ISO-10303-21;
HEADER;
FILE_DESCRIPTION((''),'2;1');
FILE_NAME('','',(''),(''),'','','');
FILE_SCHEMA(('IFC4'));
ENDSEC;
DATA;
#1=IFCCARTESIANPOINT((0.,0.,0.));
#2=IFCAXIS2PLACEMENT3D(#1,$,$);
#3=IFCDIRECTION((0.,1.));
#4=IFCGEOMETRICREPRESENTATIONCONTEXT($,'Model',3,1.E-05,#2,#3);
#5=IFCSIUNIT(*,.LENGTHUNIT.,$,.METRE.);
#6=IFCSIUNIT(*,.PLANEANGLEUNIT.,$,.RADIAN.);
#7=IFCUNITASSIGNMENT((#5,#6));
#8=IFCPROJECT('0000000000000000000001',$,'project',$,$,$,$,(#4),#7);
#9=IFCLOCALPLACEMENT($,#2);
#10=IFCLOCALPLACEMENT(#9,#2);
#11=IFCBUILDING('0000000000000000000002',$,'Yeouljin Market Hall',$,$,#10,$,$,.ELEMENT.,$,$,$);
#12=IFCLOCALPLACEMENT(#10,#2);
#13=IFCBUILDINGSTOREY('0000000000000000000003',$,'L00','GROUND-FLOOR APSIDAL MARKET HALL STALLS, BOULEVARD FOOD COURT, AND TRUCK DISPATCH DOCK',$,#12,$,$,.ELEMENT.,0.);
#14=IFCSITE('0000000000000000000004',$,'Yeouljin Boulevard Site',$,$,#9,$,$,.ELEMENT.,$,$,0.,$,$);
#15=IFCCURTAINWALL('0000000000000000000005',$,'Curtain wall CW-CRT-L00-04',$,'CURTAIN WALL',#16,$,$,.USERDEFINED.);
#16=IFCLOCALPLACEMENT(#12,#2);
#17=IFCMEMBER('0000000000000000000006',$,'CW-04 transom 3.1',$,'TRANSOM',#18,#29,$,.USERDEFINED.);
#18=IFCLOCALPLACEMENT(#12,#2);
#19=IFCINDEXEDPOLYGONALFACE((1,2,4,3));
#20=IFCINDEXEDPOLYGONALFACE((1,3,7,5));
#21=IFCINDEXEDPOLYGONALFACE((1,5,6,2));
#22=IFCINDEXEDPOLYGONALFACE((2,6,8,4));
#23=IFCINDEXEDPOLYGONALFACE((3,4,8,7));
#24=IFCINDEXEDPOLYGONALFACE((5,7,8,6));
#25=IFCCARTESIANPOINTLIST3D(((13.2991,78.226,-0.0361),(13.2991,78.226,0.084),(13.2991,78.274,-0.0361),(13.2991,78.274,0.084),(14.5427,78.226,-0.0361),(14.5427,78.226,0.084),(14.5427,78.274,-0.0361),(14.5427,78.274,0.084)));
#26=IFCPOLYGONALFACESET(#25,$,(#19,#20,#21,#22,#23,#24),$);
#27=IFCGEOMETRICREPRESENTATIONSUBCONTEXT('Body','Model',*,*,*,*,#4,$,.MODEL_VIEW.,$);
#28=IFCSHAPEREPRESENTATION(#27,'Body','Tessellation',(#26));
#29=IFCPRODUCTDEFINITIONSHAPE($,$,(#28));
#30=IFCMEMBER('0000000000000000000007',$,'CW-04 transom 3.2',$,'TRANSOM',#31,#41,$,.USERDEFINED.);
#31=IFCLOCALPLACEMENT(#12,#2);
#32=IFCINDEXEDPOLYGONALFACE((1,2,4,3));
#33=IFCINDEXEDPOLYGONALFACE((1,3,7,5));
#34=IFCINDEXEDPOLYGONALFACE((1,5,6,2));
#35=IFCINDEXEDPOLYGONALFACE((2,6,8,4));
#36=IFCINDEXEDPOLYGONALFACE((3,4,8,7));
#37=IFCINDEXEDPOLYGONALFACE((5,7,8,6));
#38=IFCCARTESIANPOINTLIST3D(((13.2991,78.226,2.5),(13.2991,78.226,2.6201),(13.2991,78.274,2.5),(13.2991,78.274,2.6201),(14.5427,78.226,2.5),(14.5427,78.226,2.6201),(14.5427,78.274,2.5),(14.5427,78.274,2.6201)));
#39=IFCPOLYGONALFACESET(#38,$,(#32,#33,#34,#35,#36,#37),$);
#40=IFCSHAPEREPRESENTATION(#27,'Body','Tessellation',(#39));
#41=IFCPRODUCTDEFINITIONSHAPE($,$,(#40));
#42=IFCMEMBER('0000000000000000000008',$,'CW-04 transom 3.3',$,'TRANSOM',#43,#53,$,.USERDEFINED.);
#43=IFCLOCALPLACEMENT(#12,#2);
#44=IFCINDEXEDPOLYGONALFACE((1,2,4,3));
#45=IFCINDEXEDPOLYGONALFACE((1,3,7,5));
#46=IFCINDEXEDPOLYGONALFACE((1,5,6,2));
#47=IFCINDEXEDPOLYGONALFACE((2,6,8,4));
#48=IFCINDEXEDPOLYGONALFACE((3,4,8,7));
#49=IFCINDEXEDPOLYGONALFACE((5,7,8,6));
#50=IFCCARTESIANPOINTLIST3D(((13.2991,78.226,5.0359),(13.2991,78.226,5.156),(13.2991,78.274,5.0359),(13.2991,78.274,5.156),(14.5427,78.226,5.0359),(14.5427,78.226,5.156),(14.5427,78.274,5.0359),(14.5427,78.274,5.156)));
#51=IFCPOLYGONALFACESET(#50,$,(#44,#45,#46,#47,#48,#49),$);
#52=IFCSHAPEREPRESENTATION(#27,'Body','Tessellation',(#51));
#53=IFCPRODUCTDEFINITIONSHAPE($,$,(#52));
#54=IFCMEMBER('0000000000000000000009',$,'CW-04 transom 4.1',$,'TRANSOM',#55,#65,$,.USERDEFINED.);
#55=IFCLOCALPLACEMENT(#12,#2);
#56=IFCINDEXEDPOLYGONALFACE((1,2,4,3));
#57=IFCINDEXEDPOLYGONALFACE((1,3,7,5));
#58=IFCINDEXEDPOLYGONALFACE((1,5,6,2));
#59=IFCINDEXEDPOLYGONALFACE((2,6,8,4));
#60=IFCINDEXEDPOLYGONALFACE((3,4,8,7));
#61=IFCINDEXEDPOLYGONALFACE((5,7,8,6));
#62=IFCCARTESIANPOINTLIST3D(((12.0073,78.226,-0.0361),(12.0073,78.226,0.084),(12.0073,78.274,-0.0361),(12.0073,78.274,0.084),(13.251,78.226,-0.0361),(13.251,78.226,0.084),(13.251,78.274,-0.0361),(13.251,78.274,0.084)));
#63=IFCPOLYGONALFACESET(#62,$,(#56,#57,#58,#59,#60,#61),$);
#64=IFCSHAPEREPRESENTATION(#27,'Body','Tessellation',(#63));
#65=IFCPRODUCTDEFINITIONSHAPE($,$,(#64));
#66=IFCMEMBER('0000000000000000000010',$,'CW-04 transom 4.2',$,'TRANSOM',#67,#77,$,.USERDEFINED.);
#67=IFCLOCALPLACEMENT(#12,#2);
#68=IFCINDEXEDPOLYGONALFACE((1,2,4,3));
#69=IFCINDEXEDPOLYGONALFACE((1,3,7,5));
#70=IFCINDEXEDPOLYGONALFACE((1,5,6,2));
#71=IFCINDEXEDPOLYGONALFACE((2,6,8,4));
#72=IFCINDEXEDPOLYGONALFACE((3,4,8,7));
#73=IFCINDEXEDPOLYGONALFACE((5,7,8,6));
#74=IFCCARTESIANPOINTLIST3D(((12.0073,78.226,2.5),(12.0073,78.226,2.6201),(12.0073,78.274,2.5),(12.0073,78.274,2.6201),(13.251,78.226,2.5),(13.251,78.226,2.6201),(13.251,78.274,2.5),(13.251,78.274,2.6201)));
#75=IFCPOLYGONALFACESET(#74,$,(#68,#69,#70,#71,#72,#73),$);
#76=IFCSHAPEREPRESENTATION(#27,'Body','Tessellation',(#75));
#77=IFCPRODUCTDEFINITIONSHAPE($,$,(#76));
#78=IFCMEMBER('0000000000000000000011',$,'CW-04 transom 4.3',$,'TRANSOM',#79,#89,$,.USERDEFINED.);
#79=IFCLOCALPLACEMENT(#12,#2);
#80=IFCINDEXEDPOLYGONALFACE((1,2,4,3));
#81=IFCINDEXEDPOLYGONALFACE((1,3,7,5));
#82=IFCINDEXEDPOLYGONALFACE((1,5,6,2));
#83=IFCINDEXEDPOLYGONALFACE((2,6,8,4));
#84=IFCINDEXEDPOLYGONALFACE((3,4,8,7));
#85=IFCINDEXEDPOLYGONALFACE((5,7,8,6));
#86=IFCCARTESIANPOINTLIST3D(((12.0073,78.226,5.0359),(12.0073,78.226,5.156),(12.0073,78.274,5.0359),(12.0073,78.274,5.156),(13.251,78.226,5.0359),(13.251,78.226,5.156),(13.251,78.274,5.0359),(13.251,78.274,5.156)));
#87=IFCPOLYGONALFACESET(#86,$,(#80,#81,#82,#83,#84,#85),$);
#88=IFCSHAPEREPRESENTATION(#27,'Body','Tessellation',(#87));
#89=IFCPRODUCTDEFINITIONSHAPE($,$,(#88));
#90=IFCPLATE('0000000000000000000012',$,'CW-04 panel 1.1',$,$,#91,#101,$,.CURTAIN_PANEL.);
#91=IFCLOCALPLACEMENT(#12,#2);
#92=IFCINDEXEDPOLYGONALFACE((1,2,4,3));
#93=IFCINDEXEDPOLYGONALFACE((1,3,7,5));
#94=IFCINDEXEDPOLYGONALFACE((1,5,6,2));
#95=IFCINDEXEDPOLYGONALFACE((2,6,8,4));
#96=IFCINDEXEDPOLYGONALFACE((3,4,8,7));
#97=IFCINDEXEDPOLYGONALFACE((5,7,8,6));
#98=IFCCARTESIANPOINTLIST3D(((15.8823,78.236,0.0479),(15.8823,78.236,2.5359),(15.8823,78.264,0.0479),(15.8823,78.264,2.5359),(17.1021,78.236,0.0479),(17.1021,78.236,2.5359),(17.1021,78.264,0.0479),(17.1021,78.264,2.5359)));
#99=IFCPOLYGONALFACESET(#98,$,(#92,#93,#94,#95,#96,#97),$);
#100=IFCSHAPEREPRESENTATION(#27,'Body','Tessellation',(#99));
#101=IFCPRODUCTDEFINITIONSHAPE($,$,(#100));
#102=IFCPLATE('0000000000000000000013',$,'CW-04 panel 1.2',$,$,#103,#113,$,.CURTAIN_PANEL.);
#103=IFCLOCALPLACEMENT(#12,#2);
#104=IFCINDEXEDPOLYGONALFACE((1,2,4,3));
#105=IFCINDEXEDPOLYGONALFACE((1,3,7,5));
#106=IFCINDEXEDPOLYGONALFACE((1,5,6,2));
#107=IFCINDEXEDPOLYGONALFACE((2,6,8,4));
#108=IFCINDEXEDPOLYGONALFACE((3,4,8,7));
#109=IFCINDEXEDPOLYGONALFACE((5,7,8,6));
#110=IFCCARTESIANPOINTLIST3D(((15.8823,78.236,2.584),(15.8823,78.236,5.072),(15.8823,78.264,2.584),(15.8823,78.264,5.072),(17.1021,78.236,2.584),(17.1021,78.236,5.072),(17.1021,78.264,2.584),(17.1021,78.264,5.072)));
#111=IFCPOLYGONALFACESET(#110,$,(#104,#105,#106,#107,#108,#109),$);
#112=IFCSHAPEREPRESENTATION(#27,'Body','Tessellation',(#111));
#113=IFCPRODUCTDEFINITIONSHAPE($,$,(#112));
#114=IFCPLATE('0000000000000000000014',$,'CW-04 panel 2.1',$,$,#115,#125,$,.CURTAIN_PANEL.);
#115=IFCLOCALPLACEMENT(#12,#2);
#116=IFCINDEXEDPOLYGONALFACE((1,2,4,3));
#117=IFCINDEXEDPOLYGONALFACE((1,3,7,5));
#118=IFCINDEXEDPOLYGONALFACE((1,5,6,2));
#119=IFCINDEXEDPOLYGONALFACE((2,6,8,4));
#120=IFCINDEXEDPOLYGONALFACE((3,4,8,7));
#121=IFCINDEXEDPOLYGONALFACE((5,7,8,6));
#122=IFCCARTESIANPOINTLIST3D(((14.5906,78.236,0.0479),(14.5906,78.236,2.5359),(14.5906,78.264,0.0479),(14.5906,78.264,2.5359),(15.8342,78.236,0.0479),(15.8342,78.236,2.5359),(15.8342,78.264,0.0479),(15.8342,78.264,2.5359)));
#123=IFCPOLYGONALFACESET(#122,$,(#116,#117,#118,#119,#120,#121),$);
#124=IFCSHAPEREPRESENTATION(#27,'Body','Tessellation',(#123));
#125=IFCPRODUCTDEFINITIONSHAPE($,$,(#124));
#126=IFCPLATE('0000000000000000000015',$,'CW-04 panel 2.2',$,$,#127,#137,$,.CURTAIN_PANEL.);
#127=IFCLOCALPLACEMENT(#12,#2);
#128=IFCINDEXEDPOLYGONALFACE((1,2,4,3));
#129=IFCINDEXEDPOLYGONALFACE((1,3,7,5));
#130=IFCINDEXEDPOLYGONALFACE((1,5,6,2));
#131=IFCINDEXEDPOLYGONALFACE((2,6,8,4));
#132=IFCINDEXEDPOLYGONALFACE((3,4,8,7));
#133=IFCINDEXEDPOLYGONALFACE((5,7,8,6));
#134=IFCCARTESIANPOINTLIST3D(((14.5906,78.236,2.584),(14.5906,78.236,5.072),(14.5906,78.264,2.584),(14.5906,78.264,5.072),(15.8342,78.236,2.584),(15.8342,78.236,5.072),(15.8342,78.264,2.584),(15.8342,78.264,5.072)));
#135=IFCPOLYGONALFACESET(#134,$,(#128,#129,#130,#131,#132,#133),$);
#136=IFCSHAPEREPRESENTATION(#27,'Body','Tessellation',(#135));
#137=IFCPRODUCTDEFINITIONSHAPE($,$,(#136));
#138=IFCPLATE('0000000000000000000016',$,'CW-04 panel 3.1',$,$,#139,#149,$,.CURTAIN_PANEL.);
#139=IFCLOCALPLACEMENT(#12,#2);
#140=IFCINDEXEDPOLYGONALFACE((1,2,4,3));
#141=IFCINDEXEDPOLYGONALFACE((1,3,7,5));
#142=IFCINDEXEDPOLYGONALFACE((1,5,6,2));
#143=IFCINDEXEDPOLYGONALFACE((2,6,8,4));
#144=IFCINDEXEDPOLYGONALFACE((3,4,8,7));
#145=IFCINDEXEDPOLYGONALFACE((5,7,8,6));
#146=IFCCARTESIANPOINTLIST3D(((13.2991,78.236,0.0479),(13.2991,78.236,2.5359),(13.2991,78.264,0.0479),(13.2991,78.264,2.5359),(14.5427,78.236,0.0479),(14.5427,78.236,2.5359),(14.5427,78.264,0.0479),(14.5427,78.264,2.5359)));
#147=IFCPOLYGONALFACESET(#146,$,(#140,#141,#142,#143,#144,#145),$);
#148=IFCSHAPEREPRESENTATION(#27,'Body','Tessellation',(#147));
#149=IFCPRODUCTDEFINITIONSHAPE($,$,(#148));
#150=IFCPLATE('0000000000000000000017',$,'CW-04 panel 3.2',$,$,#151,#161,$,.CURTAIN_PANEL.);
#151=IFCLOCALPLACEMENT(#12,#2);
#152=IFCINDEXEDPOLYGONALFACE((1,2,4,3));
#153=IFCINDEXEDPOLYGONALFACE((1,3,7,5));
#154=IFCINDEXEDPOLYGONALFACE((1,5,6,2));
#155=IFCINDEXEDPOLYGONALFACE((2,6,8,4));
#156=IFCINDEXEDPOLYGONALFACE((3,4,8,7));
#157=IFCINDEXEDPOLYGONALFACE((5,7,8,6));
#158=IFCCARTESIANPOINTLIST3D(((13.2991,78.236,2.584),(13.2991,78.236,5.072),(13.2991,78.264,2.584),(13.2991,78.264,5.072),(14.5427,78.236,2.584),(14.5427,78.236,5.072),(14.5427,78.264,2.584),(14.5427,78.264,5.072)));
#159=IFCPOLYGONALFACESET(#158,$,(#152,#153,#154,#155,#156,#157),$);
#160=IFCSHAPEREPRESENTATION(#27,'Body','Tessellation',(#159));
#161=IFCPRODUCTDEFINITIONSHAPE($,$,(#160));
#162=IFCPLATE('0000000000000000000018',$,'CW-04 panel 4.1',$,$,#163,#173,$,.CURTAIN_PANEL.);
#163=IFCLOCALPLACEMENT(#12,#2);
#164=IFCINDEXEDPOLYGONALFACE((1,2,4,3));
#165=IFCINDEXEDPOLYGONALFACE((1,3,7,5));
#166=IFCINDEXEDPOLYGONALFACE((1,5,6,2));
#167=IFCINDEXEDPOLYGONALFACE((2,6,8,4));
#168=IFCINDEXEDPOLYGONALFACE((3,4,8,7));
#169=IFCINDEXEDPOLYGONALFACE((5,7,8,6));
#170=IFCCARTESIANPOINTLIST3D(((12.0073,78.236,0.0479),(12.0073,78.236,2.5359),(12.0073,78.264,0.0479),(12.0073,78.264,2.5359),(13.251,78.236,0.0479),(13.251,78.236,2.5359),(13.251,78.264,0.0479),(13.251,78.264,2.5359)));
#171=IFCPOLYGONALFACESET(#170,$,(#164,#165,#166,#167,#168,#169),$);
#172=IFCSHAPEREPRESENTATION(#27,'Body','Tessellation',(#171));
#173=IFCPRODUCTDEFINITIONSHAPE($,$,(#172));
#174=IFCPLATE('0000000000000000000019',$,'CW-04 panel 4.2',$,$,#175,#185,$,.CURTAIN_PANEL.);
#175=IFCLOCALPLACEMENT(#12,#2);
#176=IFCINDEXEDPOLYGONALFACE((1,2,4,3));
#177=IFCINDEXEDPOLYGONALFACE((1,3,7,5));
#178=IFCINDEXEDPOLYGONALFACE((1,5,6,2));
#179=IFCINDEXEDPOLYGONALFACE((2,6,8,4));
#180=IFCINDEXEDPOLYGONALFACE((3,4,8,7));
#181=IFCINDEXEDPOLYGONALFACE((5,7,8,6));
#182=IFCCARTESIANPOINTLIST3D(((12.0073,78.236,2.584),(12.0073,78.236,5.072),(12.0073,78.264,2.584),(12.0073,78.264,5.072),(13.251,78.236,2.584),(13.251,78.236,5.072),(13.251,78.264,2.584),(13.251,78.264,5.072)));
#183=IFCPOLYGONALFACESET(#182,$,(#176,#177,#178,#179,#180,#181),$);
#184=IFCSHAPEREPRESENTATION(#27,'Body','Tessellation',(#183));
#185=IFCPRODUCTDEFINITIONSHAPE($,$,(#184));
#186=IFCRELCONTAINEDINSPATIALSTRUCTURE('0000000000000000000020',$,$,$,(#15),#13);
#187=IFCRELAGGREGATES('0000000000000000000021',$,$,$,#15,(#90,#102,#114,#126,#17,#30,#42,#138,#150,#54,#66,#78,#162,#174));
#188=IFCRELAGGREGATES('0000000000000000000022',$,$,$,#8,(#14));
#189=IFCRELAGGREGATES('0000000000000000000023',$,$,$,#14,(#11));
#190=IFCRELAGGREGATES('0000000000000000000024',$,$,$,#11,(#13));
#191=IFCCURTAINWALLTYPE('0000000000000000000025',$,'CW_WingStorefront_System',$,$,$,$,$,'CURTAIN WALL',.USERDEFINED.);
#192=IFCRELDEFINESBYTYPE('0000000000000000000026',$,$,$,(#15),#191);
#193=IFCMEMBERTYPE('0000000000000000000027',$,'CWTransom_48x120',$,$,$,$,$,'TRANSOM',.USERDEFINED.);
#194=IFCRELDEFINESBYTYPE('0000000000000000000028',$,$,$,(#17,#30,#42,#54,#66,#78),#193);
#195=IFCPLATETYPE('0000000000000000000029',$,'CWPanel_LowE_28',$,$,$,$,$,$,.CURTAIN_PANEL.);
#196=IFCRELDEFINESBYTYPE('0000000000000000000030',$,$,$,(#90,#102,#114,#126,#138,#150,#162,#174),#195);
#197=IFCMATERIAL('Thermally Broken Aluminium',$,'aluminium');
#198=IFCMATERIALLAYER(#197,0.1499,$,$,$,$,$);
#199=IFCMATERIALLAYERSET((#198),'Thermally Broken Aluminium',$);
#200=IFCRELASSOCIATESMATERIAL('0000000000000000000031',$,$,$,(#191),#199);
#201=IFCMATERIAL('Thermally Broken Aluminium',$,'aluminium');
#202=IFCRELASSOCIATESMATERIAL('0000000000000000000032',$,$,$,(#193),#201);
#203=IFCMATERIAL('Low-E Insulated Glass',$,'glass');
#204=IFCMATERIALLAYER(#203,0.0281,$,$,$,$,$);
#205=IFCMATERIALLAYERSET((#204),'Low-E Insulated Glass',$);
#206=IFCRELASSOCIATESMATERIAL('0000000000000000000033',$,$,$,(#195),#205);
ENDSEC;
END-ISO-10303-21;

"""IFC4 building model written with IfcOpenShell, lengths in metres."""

from ifc_helpers import new_model, si_unit, direction, frame, origin, origin_2d, place, context, subcontext, project, spatial, rectangle, extrude, material, layer, layer_set, material_profile, profile_set, type_object, element, aggregate, save


model = new_model("IFC4")

# Units and contexts
model_context = context("Model", 3, precision=1e-05, world=origin(), true_north=direction((0.0, 1.0)))
body_context = subcontext(model_context, "Body", "Model", "MODEL_VIEW")
ifc_project = project(units=[si_unit("LENGTHUNIT", "METRE"), si_unit("PLANEANGLEUNIT", "RADIAN")], contexts=[model_context])

# Site, building, storey
site_placement = place(None, origin())
site = spatial("IfcSite", under=ifc_project, at=site_placement, Name="Yeouljin Boulevard Site", CompositionType="ELEMENT", RefElevation=0.0)
building_placement = place(site_placement, origin())
building = spatial("IfcBuilding", under=site, at=building_placement, Name="Yeouljin Market Hall", CompositionType="ELEMENT")
storey_placement = place(building_placement, origin())
storey = spatial("IfcBuildingStorey", under=building, at=storey_placement, Name="L00", Description="GROUND-FLOOR APSIDAL MARKET HALL STALLS, BOULEVARD FOOD COURT, AND TRUCK DISPATCH DOCK", CompositionType="ELEMENT", Elevation=0.0)

# Curtain wall, members, plates
ifc_material_1 = material(Name="Thermally Broken Aluminium", Category="aluminium")
ifc_layer_1 = layer(ifc_material_1, 0.1499)
ifc_layer_set_1 = layer_set([ifc_layer_1], Name="Thermally Broken Aluminium")
curtain_wall_type = type_object("IfcCurtainWallType", Name="CW_WingStorefront_System", ElementType="CURTAIN WALL", PredefinedType="USERDEFINED", material=ifc_layer_set_1)
curtain_wall_placement = place(storey_placement, origin())
curtain_wall = element("IfcCurtainWall", 1, at=curtain_wall_placement, inside=storey, type_object=curtain_wall_type, Name="Curtain wall CW-CRT-L00-04", ObjectType="CURTAIN WALL", PredefinedType="USERDEFINED")
ifc_material_2 = material(Name="Thermally Broken Aluminium", Category="aluminium")
ifc_material_profile_1 = material_profile(ifc_material_2, rectangle(XDim=0.0481, YDim=0.1201, at=origin_2d()), Name="CW-TRAN-48x120")
ifc_profile_set_1 = profile_set([ifc_material_profile_1], Name="Thermally Broken Aluminium")
member_type_1 = type_object("IfcMemberType", Name="CWTransom_48x120", ElementType="TRANSOM", PredefinedType="USERDEFINED", material=ifc_profile_set_1)
member_1_placement = place(storey_placement, frame((14.5427, 78.25, 0.0239), z_axis=(-1.0, 0.0, 0.0), x_axis=(0.0, -1.0, 0.0)))
member_1 = element("IfcMember", 2, at=member_1_placement, type_object=member_type_1, Name="CW-04 transom 3.1", ObjectType="TRANSOM", PredefinedType="USERDEFINED", context=body_context, shape_type="SweptSolid", body=[
    extrude(rectangle(XDim=0.0481, YDim=0.1201, at=origin_2d()), origin(), (0.0, 0.0, 1.0), 1.2437),
])
member_2_placement = place(storey_placement, frame((14.5427, 78.25, 2.5601), z_axis=(-1.0, 0.0, 0.0), x_axis=(0.0, -1.0, 0.0)))
member_2 = element("IfcMember", 3, at=member_2_placement, type_object=member_type_1, Name="CW-04 transom 3.2", ObjectType="TRANSOM", PredefinedType="USERDEFINED", context=body_context, shape_type="SweptSolid", body=[
    extrude(rectangle(XDim=0.0481, YDim=0.1201, at=origin_2d()), origin(), (0.0, 0.0, 1.0), 1.2437),
])
member_3_placement = place(storey_placement, frame((14.5427, 78.25, 5.0959), z_axis=(-1.0, 0.0, 0.0), x_axis=(0.0, -1.0, 0.0)))
member_3 = element("IfcMember", 4, at=member_3_placement, type_object=member_type_1, Name="CW-04 transom 3.3", ObjectType="TRANSOM", PredefinedType="USERDEFINED", context=body_context, shape_type="SweptSolid", body=[
    extrude(rectangle(XDim=0.0481, YDim=0.1201, at=origin_2d()), origin(), (0.0, 0.0, 1.0), 1.2437),
])
member_4_placement = place(storey_placement, frame((13.251, 78.25, 0.0239), z_axis=(-1.0, 0.0, 0.0), x_axis=(0.0, -1.0, 0.0)))
member_4 = element("IfcMember", 5, at=member_4_placement, type_object=member_type_1, Name="CW-04 transom 4.1", ObjectType="TRANSOM", PredefinedType="USERDEFINED", context=body_context, shape_type="SweptSolid", body=[
    extrude(rectangle(XDim=0.0481, YDim=0.1201, at=origin_2d()), origin(), (0.0, 0.0, 1.0), 1.2437),
])
member_5_placement = place(storey_placement, frame((13.251, 78.25, 2.5601), z_axis=(-1.0, 0.0, 0.0), x_axis=(0.0, -1.0, 0.0)))
member_5 = element("IfcMember", 6, at=member_5_placement, type_object=member_type_1, Name="CW-04 transom 4.2", ObjectType="TRANSOM", PredefinedType="USERDEFINED", context=body_context, shape_type="SweptSolid", body=[
    extrude(rectangle(XDim=0.0481, YDim=0.1201, at=origin_2d()), origin(), (0.0, 0.0, 1.0), 1.2437),
])
member_6_placement = place(storey_placement, frame((13.251, 78.25, 5.0959), z_axis=(-1.0, 0.0, 0.0), x_axis=(0.0, -1.0, 0.0)))
member_6 = element("IfcMember", 7, at=member_6_placement, type_object=member_type_1, Name="CW-04 transom 4.3", ObjectType="TRANSOM", PredefinedType="USERDEFINED", context=body_context, shape_type="SweptSolid", body=[
    extrude(rectangle(XDim=0.0481, YDim=0.1201, at=origin_2d()), origin(), (0.0, 0.0, 1.0), 1.2437),
])
ifc_material_3 = material(Name="Low-E Insulated Glass", Category="glass")
ifc_layer_2 = layer(ifc_material_3, 0.0281)
ifc_layer_set_2 = layer_set([ifc_layer_2], Name="Low-E Insulated Glass")
plate_type = type_object("IfcPlateType", Name="CWPanel_LowE_28", PredefinedType="CURTAIN_PANEL", material=ifc_layer_set_2)
plate_1_placement = place(storey_placement, frame((16.4922, 78.25, 0.0479), z_axis=(0.0, 0.0, 1.0), x_axis=(-1.0, 0.0, 0.0)))
plate_1 = element("IfcPlate", 8, at=plate_1_placement, type_object=plate_type, Name="CW-04 panel 1.1", PredefinedType="CURTAIN_PANEL", context=body_context, shape_type="SweptSolid", body=[
    extrude(rectangle(XDim=1.2197, YDim=0.0281, at=origin_2d()), origin(), (0.0, 0.0, 1.0), 2.488),
])
plate_2_placement = place(storey_placement, frame((16.4922, 78.25, 2.584), z_axis=(0.0, 0.0, 1.0), x_axis=(-1.0, 0.0, 0.0)))
plate_2 = element("IfcPlate", 9, at=plate_2_placement, type_object=plate_type, Name="CW-04 panel 1.2", PredefinedType="CURTAIN_PANEL", context=body_context, shape_type="SweptSolid", body=[
    extrude(rectangle(XDim=1.2197, YDim=0.0281, at=origin_2d()), origin(), (0.0, 0.0, 1.0), 2.488),
])
plate_3_placement = place(storey_placement, frame((15.2124, 78.25, 0.0479), z_axis=(0.0, 0.0, 1.0), x_axis=(-1.0, 0.0, 0.0)))
plate_3 = element("IfcPlate", 10, at=plate_3_placement, type_object=plate_type, Name="CW-04 panel 2.1", PredefinedType="CURTAIN_PANEL", context=body_context, shape_type="SweptSolid", body=[
    extrude(rectangle(XDim=1.2437, YDim=0.0281, at=origin_2d()), origin(), (0.0, 0.0, 1.0), 2.488),
])
plate_4_placement = place(storey_placement, frame((15.2124, 78.25, 2.584), z_axis=(0.0, 0.0, 1.0), x_axis=(-1.0, 0.0, 0.0)))
plate_4 = element("IfcPlate", 11, at=plate_4_placement, type_object=plate_type, Name="CW-04 panel 2.2", PredefinedType="CURTAIN_PANEL", context=body_context, shape_type="SweptSolid", body=[
    extrude(rectangle(XDim=1.2437, YDim=0.0281, at=origin_2d()), origin(), (0.0, 0.0, 1.0), 2.488),
])
plate_5_placement = place(storey_placement, frame((13.9209, 78.25, 0.0479), z_axis=(0.0, 0.0, 1.0), x_axis=(-1.0, 0.0, 0.0)))
plate_5 = element("IfcPlate", 12, at=plate_5_placement, type_object=plate_type, Name="CW-04 panel 3.1", PredefinedType="CURTAIN_PANEL", context=body_context, shape_type="SweptSolid", body=[
    extrude(rectangle(XDim=1.2437, YDim=0.0281, at=origin_2d()), origin(), (0.0, 0.0, 1.0), 2.488),
])
plate_6_placement = place(storey_placement, frame((13.9209, 78.25, 2.584), z_axis=(0.0, 0.0, 1.0), x_axis=(-1.0, 0.0, 0.0)))
plate_6 = element("IfcPlate", 13, at=plate_6_placement, type_object=plate_type, Name="CW-04 panel 3.2", PredefinedType="CURTAIN_PANEL", context=body_context, shape_type="SweptSolid", body=[
    extrude(rectangle(XDim=1.2437, YDim=0.0281, at=origin_2d()), origin(), (0.0, 0.0, 1.0), 2.488),
])
plate_7_placement = place(storey_placement, frame((12.6292, 78.25, 0.0479), z_axis=(0.0, 0.0, 1.0), x_axis=(-1.0, 0.0, 0.0)))
plate_7 = element("IfcPlate", 14, at=plate_7_placement, type_object=plate_type, Name="CW-04 panel 4.1", PredefinedType="CURTAIN_PANEL", context=body_context, shape_type="SweptSolid", body=[
    extrude(rectangle(XDim=1.2437, YDim=0.0281, at=origin_2d()), origin(), (0.0, 0.0, 1.0), 2.488),
])
plate_8_placement = place(storey_placement, frame((12.6292, 78.25, 2.584), z_axis=(0.0, 0.0, 1.0), x_axis=(-1.0, 0.0, 0.0)))
plate_8 = element("IfcPlate", 15, at=plate_8_placement, type_object=plate_type, Name="CW-04 panel 4.2", PredefinedType="CURTAIN_PANEL", context=body_context, shape_type="SweptSolid", body=[
    extrude(rectangle(XDim=1.2437, YDim=0.0281, at=origin_2d()), origin(), (0.0, 0.0, 1.0), 2.488),
])
aggregate(curtain_wall, [plate_1, plate_2, plate_3, plate_4, member_1, member_2, member_3, plate_5, plate_6, member_4, member_5, member_6, plate_7, plate_8])

save(model, "model.ifc")
